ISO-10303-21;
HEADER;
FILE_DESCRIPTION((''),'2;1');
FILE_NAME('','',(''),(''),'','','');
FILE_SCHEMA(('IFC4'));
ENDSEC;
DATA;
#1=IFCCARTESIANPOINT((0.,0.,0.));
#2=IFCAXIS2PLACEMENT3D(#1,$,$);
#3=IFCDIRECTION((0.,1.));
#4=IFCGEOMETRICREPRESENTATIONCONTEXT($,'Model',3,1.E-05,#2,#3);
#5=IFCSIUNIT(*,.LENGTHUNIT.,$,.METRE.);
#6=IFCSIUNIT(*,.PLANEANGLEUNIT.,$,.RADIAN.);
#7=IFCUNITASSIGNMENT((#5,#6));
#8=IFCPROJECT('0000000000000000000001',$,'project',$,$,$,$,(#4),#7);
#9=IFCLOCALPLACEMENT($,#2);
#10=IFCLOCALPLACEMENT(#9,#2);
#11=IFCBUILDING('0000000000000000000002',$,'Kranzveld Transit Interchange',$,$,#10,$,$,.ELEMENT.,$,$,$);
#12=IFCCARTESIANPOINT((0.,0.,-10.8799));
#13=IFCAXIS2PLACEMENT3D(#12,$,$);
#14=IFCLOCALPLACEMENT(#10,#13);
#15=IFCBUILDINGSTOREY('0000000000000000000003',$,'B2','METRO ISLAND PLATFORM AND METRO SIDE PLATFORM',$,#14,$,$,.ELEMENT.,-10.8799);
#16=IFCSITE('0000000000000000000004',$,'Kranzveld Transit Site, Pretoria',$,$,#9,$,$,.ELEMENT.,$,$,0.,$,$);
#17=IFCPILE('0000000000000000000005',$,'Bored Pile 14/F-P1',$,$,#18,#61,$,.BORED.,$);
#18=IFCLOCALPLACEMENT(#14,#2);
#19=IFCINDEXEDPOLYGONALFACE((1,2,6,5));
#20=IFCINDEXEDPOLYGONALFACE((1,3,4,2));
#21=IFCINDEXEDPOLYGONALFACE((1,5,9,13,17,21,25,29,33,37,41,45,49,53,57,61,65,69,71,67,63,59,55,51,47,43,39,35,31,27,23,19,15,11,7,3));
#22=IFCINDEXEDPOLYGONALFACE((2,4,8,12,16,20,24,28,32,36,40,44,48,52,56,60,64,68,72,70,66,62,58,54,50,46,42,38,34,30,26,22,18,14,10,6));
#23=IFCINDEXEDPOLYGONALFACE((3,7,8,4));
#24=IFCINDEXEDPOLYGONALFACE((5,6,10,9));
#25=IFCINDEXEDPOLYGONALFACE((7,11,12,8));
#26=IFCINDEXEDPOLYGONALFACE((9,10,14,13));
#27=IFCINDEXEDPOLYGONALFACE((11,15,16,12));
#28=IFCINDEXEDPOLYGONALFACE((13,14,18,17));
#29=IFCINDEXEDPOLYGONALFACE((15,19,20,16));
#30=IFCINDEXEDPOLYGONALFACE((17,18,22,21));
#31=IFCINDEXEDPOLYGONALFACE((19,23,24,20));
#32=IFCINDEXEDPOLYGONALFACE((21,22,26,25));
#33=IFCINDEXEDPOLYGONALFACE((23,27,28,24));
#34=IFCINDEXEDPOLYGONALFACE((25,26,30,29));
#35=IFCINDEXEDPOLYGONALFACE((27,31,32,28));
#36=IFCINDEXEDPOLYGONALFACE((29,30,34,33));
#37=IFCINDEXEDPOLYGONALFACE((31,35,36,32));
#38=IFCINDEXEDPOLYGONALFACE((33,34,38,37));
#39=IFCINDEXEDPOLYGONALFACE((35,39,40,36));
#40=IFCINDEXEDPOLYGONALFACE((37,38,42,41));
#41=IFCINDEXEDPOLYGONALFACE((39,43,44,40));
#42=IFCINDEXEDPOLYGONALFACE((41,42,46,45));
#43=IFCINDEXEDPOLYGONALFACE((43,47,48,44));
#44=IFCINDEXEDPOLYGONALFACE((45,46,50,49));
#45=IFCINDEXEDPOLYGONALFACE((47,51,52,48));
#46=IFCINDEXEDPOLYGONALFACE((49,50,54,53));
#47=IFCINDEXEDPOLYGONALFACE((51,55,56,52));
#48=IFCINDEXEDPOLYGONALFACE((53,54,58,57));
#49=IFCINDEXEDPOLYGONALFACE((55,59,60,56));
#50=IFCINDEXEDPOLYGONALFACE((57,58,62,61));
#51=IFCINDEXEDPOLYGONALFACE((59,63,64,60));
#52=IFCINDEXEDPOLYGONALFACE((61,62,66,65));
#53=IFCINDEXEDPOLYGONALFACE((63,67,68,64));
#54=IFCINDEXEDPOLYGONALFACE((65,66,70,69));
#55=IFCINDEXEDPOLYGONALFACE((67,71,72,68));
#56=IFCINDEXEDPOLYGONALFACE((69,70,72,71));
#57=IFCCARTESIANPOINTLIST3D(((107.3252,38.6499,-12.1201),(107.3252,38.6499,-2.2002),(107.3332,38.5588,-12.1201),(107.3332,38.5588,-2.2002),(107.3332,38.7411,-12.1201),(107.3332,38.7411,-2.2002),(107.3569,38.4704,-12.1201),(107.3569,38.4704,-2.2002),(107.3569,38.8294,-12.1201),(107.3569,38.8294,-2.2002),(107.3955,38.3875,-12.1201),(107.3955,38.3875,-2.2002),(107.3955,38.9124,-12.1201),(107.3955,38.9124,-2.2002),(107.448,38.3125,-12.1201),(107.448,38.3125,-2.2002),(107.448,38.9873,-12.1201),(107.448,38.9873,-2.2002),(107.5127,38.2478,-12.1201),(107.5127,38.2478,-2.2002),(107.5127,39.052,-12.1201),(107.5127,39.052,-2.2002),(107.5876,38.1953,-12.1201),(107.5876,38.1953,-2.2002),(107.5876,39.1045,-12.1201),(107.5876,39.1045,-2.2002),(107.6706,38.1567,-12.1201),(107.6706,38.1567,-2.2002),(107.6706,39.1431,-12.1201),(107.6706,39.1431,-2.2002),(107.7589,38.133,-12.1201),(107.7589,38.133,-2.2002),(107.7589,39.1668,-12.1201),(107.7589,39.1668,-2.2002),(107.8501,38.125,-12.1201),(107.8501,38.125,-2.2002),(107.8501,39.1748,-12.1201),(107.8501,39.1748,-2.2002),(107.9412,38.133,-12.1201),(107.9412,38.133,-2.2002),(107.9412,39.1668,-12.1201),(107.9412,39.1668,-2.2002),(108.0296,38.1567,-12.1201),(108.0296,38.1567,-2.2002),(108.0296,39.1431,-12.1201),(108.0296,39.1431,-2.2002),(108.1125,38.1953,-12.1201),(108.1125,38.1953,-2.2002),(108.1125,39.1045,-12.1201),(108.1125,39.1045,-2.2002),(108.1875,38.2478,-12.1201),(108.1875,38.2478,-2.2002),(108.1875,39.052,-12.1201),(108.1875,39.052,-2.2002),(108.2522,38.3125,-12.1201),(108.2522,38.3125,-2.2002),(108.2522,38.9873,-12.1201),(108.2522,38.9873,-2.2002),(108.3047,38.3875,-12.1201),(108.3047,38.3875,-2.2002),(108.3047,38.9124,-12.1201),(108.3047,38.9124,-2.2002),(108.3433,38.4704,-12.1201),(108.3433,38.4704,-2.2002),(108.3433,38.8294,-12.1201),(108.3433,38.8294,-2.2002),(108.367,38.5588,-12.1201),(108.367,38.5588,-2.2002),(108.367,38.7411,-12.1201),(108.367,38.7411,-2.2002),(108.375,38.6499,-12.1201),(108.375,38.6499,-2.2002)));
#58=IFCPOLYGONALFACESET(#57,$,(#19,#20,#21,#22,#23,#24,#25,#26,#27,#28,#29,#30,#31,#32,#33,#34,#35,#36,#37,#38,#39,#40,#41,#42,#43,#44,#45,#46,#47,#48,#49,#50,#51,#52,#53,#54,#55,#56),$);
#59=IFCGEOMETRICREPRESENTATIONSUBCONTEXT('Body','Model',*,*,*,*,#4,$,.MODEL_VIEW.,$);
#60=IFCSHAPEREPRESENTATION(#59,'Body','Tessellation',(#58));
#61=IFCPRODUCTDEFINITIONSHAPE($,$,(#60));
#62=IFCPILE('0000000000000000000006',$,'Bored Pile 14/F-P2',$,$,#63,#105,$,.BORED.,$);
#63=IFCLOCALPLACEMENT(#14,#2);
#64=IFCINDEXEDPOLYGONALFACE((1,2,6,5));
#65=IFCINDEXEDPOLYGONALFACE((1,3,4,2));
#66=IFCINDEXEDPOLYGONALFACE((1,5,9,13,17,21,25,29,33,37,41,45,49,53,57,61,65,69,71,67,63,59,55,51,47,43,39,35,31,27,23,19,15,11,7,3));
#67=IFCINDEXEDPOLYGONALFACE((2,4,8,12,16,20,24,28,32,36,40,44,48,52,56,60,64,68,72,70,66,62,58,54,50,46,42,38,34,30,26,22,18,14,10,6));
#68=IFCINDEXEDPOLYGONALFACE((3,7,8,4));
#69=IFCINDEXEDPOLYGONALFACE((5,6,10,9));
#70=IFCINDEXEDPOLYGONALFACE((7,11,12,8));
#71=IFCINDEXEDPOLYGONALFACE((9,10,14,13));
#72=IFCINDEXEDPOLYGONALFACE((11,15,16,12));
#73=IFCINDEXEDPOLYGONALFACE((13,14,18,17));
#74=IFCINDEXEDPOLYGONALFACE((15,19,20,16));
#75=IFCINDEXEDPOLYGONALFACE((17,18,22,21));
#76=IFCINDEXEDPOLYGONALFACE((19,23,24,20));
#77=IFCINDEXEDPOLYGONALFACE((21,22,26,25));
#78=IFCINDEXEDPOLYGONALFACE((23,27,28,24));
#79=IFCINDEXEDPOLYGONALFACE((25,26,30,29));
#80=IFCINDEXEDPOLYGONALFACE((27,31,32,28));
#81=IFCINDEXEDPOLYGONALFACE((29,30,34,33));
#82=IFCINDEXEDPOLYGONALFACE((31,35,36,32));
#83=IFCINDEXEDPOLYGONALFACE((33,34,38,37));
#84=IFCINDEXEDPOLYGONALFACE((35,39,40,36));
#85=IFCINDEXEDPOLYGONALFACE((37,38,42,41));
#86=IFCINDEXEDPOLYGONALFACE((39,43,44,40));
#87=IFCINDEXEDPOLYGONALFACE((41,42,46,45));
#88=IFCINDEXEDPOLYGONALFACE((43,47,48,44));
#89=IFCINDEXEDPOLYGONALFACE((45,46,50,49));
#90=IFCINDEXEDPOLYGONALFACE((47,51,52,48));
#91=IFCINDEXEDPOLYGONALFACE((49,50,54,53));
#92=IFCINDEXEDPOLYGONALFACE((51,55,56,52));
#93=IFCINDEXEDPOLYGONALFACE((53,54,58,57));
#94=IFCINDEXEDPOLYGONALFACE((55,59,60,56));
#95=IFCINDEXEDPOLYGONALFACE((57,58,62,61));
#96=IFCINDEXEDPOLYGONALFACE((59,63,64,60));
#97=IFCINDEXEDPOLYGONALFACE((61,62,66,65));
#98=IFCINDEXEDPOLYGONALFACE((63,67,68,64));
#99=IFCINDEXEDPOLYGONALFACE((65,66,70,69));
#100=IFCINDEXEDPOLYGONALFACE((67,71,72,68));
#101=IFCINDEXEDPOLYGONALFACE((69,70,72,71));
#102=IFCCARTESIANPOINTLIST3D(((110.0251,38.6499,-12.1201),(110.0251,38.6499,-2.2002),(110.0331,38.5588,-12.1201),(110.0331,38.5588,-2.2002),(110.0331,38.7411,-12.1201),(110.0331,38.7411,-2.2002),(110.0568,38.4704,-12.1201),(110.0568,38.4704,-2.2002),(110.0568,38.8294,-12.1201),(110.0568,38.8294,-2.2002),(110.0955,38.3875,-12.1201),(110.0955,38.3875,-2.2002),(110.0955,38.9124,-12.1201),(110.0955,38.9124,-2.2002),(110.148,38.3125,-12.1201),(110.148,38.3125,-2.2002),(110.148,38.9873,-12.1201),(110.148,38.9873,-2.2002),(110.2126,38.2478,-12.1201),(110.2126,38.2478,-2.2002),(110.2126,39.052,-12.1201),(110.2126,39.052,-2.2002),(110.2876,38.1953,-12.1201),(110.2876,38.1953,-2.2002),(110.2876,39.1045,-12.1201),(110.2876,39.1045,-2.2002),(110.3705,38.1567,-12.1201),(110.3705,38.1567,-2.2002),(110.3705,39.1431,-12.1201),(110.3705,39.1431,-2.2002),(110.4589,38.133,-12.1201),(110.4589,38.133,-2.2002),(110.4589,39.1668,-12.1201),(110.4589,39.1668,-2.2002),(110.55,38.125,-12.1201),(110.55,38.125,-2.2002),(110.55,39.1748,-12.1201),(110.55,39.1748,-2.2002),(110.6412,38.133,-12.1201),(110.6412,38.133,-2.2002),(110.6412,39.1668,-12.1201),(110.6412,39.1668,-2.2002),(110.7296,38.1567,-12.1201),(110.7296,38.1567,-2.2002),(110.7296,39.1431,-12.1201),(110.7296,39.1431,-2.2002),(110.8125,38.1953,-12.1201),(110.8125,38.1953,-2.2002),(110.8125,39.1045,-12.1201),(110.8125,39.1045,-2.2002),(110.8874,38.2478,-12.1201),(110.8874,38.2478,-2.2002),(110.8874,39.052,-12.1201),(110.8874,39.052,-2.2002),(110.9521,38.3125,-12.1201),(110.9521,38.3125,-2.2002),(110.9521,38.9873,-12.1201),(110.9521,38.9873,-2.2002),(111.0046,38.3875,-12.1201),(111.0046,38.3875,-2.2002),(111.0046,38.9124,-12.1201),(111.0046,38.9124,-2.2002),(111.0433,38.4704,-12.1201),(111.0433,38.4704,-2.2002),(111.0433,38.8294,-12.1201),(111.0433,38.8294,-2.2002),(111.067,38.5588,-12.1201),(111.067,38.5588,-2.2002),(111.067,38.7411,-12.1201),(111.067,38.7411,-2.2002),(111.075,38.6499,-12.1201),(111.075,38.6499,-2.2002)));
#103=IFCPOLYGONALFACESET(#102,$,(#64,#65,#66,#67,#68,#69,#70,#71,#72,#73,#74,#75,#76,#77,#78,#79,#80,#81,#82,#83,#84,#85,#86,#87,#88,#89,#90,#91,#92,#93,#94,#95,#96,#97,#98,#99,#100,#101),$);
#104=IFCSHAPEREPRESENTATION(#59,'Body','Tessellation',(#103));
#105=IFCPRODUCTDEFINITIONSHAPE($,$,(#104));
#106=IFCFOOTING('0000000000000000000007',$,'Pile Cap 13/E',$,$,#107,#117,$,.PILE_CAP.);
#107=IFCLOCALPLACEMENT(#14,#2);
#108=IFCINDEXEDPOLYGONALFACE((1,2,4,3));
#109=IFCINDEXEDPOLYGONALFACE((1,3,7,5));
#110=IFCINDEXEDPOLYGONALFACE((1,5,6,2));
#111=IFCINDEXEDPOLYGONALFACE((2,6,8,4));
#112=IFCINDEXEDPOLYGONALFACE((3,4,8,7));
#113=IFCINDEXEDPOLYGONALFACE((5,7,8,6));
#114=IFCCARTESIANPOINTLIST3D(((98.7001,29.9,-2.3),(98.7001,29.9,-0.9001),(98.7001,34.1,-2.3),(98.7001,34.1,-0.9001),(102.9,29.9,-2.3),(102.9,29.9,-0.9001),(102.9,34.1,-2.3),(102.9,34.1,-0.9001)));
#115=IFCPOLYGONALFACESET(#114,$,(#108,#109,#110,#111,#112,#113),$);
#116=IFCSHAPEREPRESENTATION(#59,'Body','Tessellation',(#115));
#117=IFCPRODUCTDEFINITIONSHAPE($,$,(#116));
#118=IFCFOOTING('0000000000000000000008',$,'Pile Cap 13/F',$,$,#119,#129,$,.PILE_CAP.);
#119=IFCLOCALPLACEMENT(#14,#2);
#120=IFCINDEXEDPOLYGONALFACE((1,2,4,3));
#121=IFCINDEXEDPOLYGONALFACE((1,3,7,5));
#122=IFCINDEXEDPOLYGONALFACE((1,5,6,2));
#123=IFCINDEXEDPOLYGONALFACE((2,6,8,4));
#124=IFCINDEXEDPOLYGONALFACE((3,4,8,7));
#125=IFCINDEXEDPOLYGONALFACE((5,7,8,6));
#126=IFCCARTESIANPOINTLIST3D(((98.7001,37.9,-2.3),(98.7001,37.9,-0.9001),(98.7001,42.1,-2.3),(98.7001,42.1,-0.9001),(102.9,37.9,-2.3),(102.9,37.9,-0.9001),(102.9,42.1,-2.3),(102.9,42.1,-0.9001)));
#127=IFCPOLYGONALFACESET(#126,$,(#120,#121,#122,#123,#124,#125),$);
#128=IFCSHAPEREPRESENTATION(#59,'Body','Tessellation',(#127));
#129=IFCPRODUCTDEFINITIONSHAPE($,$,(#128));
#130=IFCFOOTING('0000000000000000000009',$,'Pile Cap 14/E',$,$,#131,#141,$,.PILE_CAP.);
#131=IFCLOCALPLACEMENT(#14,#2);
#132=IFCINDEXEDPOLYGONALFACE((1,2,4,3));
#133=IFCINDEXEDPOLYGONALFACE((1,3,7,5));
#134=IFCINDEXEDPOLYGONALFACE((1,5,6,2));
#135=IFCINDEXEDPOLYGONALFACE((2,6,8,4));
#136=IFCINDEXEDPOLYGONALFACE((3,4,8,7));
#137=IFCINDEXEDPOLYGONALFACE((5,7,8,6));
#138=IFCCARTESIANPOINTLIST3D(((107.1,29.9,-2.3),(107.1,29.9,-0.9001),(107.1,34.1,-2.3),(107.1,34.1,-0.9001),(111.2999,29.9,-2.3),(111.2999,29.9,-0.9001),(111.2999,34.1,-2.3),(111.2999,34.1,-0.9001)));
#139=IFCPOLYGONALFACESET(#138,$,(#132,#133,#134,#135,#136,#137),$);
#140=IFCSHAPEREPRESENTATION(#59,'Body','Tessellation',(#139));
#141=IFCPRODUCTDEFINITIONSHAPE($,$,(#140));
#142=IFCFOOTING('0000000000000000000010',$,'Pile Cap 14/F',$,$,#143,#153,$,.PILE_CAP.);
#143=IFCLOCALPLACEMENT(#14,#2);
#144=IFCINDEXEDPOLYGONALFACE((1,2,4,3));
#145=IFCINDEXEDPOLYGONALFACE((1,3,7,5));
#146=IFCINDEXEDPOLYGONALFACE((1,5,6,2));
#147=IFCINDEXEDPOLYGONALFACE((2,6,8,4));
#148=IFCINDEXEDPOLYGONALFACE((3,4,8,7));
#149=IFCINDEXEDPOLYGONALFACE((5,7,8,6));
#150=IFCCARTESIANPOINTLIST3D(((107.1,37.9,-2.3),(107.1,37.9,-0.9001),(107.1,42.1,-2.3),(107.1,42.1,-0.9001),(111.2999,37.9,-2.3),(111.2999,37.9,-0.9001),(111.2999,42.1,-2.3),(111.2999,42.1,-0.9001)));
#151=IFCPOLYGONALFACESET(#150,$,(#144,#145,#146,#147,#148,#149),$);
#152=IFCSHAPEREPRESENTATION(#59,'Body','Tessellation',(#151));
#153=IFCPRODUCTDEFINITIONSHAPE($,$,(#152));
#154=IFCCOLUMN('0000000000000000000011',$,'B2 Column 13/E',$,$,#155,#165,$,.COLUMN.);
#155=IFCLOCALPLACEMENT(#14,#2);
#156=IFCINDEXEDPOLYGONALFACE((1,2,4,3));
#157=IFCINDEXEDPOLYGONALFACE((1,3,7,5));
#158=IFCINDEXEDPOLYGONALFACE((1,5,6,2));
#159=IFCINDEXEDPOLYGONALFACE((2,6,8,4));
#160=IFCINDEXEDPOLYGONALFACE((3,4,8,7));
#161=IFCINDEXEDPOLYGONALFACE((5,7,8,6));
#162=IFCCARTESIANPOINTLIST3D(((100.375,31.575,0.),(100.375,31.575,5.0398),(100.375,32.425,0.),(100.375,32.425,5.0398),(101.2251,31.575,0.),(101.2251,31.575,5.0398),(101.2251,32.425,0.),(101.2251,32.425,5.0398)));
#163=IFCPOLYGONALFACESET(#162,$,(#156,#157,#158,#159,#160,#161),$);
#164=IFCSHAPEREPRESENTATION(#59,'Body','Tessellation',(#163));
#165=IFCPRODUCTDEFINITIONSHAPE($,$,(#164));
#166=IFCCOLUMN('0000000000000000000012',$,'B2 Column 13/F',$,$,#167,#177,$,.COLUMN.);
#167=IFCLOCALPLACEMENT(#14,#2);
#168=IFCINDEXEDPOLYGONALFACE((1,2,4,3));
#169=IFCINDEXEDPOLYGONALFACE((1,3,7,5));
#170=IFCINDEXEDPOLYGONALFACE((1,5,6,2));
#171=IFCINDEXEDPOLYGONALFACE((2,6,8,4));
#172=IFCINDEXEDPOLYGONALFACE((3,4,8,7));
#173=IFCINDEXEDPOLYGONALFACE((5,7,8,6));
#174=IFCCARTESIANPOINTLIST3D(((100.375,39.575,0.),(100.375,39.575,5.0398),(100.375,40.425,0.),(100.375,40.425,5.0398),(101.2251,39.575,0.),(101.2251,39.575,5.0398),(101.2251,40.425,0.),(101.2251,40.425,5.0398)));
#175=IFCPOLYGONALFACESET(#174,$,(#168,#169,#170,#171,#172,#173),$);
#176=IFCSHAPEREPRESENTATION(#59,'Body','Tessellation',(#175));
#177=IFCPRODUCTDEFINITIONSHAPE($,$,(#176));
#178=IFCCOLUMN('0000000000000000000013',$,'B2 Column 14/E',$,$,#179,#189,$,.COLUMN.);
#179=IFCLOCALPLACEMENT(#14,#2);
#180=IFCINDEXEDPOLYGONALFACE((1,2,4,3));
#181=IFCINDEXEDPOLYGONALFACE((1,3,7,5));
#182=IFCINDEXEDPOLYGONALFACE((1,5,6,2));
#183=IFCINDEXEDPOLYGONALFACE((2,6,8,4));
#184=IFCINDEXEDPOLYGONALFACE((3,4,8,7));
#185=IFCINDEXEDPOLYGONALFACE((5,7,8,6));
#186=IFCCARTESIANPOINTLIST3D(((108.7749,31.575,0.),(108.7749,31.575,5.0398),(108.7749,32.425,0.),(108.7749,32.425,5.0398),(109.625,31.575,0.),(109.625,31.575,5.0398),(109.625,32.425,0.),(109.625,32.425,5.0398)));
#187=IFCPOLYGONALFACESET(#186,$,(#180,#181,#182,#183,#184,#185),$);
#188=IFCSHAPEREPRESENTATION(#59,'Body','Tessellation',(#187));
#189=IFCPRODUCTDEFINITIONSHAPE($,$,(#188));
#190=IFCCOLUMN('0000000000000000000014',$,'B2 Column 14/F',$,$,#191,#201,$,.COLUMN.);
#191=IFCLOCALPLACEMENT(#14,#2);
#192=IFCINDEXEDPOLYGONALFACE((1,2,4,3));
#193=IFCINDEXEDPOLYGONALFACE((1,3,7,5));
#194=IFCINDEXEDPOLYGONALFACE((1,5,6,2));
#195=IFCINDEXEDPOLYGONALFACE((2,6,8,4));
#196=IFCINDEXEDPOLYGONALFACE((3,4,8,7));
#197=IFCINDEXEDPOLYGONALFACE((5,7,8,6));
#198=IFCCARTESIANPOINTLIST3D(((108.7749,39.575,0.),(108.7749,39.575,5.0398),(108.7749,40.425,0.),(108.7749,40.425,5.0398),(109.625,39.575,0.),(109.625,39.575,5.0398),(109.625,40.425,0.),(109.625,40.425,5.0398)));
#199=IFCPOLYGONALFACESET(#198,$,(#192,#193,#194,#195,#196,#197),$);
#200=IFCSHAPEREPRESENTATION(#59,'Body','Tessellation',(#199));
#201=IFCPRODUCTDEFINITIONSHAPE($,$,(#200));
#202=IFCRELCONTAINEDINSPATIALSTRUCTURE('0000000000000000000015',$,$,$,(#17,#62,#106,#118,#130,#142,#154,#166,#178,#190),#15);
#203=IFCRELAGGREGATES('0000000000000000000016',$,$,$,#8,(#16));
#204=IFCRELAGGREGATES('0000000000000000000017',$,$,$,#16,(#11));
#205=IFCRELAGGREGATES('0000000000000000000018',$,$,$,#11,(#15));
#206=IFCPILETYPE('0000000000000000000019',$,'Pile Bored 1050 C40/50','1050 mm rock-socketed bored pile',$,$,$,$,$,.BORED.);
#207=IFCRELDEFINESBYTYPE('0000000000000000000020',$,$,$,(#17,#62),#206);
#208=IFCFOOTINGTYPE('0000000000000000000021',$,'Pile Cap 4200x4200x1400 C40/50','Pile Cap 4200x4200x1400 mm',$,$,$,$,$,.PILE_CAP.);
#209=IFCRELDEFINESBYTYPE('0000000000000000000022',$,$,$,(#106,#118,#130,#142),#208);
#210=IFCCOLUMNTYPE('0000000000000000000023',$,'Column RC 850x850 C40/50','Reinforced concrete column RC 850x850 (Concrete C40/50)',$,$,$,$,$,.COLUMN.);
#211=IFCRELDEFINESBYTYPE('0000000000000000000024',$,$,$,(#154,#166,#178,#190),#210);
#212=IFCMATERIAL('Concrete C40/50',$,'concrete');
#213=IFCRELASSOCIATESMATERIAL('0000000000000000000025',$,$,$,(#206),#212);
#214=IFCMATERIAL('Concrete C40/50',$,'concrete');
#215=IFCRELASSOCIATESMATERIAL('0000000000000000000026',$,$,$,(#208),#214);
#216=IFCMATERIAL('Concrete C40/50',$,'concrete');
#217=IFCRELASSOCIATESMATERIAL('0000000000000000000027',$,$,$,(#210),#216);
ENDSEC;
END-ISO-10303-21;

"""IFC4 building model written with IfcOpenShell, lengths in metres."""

from ifc_helpers import new_model, si_unit, direction, frame, origin, origin_2d, place, context, subcontext, project, spatial, rectangle, circle, extrude, material, material_profile, profile_set, type_object, element, save


model = new_model("IFC4")

# Units and contexts
model_context = context("Model", 3, precision=1e-05, world=origin(), true_north=direction((0.0, 1.0)))
body_context = subcontext(model_context, "Body", "Model", "MODEL_VIEW")
ifc_project = project(units=[si_unit("LENGTHUNIT", "METRE"), si_unit("PLANEANGLEUNIT", "RADIAN")], contexts=[model_context])

# Site, building, storey
site_placement = place(None, origin())
site = spatial("IfcSite", under=ifc_project, at=site_placement, Name="Kranzveld Transit Site, Pretoria", CompositionType="ELEMENT", RefElevation=0.0)
building_placement = place(site_placement, origin())
building = spatial("IfcBuilding", under=site, at=building_placement, Name="Kranzveld Transit Interchange", CompositionType="ELEMENT")
storey_placement = place(building_placement, frame((0.0, 0.0, -10.8799)))
storey = spatial("IfcBuildingStorey", under=building, at=storey_placement, Name="B2", Description="METRO ISLAND PLATFORM AND METRO SIDE PLATFORM", CompositionType="ELEMENT", Elevation=-10.8799)

# Piles
ifc_material_1 = material(Name="Concrete C40/50", Category="concrete")
ifc_material_profile_1 = material_profile(ifc_material_1, circle(Radius=0.5249, at=origin_2d()), Name="BORED PILE 1050")
ifc_profile_set_1 = profile_set([ifc_material_profile_1], Name="Concrete C40/50")
pile_type = type_object("IfcPileType", Name="Pile Bored 1050 C40/50", Description="1050 mm rock-socketed bored pile", PredefinedType="BORED", material=ifc_profile_set_1)
for number, where, z_axis, x_axis, name in (
    (1, (107.8501, 38.6499, -2.2002), (0.0, 0.0, -1.0), (1.0, 0.0, 0.0), "Bored Pile 14/F-P1"),
    (2, (110.55, 38.6499, -2.2002), (0.0, 0.0, -1.0), (1.0, 0.0, 0.0), "Bored Pile 14/F-P2"),
):
    element("IfcPile", number, at=place(storey_placement, frame(where, z_axis=z_axis, x_axis=x_axis)), inside=storey, type_object=pile_type, Name=name, PredefinedType="BORED", context=body_context, shape_type="SweptSolid", body=[
        extrude(circle(Radius=0.5249, at=origin_2d()), origin(), (0.0, 0.0, 1.0), 9.9199),
    ])

# Footings
ifc_material_2 = material(Name="Concrete C40/50", Category="concrete")
footing_type = type_object("IfcFootingType", Name="Pile Cap 4200x4200x1400 C40/50", Description="Pile Cap 4200x4200x1400 mm", PredefinedType="PILE_CAP", material=ifc_material_2)
for number, where, z_axis, x_axis, name in (
    (3, (100.8, 32.0, -2.3), (0.0, 0.0, 1.0), (1.0, 0.0, 0.0), "Pile Cap 13/E"),
    (4, (100.8, 40.0, -2.3), (0.0, 0.0, 1.0), (1.0, 0.0, 0.0), "Pile Cap 13/F"),
    (5, (109.2, 32.0, -2.3), (0.0, 0.0, 1.0), (1.0, 0.0, 0.0), "Pile Cap 14/E"),
    (6, (109.2, 40.0, -2.3), (0.0, 0.0, 1.0), (1.0, 0.0, 0.0), "Pile Cap 14/F"),
):
    element("IfcFooting", number, at=place(storey_placement, frame(where, z_axis=z_axis, x_axis=x_axis)), inside=storey, type_object=footing_type, Name=name, PredefinedType="PILE_CAP", context=body_context, shape_type="SweptSolid", body=[
        extrude(rectangle(XDim=4.2, YDim=4.2, at=origin_2d()), origin(), (0.0, 0.0, 1.0), 1.3999),
    ])

# Columns
ifc_material_3 = material(Name="Concrete C40/50", Category="concrete")
ifc_material_profile_2 = material_profile(ifc_material_3, rectangle(XDim=0.8501, YDim=0.8501, at=origin_2d()), Name="RC 850x850")
ifc_profile_set_2 = profile_set([ifc_material_profile_2], Name="Concrete C40/50")
column_type = type_object("IfcColumnType", Name="Column RC 850x850 C40/50", Description="Reinforced concrete column RC 850x850 (Concrete C40/50)", PredefinedType="COLUMN", material=ifc_profile_set_2)
for number, where, z_axis, x_axis, name in (
    (7, (100.8, 32.0, 0.0), (0.0, 0.0, 1.0), (1.0, 0.0, 0.0), "B2 Column 13/E"),
    (8, (100.8, 40.0, 0.0), (0.0, 0.0, 1.0), (1.0, 0.0, 0.0), "B2 Column 13/F"),
    (9, (109.2, 32.0, 0.0), (0.0, 0.0, 1.0), (1.0, 0.0, 0.0), "B2 Column 14/E"),
    (10, (109.2, 40.0, 0.0), (0.0, 0.0, 1.0), (1.0, 0.0, 0.0), "B2 Column 14/F"),
):
    element("IfcColumn", number, at=place(storey_placement, frame(where, z_axis=z_axis, x_axis=x_axis)), inside=storey, type_object=column_type, Name=name, PredefinedType="COLUMN", context=body_context, shape_type="SweptSolid", body=[
        extrude(rectangle(XDim=0.8501, YDim=0.8501, at=origin_2d()), origin(), (0.0, 0.0, 1.0), 5.0398),
    ])

save(model, "model.ifc")
